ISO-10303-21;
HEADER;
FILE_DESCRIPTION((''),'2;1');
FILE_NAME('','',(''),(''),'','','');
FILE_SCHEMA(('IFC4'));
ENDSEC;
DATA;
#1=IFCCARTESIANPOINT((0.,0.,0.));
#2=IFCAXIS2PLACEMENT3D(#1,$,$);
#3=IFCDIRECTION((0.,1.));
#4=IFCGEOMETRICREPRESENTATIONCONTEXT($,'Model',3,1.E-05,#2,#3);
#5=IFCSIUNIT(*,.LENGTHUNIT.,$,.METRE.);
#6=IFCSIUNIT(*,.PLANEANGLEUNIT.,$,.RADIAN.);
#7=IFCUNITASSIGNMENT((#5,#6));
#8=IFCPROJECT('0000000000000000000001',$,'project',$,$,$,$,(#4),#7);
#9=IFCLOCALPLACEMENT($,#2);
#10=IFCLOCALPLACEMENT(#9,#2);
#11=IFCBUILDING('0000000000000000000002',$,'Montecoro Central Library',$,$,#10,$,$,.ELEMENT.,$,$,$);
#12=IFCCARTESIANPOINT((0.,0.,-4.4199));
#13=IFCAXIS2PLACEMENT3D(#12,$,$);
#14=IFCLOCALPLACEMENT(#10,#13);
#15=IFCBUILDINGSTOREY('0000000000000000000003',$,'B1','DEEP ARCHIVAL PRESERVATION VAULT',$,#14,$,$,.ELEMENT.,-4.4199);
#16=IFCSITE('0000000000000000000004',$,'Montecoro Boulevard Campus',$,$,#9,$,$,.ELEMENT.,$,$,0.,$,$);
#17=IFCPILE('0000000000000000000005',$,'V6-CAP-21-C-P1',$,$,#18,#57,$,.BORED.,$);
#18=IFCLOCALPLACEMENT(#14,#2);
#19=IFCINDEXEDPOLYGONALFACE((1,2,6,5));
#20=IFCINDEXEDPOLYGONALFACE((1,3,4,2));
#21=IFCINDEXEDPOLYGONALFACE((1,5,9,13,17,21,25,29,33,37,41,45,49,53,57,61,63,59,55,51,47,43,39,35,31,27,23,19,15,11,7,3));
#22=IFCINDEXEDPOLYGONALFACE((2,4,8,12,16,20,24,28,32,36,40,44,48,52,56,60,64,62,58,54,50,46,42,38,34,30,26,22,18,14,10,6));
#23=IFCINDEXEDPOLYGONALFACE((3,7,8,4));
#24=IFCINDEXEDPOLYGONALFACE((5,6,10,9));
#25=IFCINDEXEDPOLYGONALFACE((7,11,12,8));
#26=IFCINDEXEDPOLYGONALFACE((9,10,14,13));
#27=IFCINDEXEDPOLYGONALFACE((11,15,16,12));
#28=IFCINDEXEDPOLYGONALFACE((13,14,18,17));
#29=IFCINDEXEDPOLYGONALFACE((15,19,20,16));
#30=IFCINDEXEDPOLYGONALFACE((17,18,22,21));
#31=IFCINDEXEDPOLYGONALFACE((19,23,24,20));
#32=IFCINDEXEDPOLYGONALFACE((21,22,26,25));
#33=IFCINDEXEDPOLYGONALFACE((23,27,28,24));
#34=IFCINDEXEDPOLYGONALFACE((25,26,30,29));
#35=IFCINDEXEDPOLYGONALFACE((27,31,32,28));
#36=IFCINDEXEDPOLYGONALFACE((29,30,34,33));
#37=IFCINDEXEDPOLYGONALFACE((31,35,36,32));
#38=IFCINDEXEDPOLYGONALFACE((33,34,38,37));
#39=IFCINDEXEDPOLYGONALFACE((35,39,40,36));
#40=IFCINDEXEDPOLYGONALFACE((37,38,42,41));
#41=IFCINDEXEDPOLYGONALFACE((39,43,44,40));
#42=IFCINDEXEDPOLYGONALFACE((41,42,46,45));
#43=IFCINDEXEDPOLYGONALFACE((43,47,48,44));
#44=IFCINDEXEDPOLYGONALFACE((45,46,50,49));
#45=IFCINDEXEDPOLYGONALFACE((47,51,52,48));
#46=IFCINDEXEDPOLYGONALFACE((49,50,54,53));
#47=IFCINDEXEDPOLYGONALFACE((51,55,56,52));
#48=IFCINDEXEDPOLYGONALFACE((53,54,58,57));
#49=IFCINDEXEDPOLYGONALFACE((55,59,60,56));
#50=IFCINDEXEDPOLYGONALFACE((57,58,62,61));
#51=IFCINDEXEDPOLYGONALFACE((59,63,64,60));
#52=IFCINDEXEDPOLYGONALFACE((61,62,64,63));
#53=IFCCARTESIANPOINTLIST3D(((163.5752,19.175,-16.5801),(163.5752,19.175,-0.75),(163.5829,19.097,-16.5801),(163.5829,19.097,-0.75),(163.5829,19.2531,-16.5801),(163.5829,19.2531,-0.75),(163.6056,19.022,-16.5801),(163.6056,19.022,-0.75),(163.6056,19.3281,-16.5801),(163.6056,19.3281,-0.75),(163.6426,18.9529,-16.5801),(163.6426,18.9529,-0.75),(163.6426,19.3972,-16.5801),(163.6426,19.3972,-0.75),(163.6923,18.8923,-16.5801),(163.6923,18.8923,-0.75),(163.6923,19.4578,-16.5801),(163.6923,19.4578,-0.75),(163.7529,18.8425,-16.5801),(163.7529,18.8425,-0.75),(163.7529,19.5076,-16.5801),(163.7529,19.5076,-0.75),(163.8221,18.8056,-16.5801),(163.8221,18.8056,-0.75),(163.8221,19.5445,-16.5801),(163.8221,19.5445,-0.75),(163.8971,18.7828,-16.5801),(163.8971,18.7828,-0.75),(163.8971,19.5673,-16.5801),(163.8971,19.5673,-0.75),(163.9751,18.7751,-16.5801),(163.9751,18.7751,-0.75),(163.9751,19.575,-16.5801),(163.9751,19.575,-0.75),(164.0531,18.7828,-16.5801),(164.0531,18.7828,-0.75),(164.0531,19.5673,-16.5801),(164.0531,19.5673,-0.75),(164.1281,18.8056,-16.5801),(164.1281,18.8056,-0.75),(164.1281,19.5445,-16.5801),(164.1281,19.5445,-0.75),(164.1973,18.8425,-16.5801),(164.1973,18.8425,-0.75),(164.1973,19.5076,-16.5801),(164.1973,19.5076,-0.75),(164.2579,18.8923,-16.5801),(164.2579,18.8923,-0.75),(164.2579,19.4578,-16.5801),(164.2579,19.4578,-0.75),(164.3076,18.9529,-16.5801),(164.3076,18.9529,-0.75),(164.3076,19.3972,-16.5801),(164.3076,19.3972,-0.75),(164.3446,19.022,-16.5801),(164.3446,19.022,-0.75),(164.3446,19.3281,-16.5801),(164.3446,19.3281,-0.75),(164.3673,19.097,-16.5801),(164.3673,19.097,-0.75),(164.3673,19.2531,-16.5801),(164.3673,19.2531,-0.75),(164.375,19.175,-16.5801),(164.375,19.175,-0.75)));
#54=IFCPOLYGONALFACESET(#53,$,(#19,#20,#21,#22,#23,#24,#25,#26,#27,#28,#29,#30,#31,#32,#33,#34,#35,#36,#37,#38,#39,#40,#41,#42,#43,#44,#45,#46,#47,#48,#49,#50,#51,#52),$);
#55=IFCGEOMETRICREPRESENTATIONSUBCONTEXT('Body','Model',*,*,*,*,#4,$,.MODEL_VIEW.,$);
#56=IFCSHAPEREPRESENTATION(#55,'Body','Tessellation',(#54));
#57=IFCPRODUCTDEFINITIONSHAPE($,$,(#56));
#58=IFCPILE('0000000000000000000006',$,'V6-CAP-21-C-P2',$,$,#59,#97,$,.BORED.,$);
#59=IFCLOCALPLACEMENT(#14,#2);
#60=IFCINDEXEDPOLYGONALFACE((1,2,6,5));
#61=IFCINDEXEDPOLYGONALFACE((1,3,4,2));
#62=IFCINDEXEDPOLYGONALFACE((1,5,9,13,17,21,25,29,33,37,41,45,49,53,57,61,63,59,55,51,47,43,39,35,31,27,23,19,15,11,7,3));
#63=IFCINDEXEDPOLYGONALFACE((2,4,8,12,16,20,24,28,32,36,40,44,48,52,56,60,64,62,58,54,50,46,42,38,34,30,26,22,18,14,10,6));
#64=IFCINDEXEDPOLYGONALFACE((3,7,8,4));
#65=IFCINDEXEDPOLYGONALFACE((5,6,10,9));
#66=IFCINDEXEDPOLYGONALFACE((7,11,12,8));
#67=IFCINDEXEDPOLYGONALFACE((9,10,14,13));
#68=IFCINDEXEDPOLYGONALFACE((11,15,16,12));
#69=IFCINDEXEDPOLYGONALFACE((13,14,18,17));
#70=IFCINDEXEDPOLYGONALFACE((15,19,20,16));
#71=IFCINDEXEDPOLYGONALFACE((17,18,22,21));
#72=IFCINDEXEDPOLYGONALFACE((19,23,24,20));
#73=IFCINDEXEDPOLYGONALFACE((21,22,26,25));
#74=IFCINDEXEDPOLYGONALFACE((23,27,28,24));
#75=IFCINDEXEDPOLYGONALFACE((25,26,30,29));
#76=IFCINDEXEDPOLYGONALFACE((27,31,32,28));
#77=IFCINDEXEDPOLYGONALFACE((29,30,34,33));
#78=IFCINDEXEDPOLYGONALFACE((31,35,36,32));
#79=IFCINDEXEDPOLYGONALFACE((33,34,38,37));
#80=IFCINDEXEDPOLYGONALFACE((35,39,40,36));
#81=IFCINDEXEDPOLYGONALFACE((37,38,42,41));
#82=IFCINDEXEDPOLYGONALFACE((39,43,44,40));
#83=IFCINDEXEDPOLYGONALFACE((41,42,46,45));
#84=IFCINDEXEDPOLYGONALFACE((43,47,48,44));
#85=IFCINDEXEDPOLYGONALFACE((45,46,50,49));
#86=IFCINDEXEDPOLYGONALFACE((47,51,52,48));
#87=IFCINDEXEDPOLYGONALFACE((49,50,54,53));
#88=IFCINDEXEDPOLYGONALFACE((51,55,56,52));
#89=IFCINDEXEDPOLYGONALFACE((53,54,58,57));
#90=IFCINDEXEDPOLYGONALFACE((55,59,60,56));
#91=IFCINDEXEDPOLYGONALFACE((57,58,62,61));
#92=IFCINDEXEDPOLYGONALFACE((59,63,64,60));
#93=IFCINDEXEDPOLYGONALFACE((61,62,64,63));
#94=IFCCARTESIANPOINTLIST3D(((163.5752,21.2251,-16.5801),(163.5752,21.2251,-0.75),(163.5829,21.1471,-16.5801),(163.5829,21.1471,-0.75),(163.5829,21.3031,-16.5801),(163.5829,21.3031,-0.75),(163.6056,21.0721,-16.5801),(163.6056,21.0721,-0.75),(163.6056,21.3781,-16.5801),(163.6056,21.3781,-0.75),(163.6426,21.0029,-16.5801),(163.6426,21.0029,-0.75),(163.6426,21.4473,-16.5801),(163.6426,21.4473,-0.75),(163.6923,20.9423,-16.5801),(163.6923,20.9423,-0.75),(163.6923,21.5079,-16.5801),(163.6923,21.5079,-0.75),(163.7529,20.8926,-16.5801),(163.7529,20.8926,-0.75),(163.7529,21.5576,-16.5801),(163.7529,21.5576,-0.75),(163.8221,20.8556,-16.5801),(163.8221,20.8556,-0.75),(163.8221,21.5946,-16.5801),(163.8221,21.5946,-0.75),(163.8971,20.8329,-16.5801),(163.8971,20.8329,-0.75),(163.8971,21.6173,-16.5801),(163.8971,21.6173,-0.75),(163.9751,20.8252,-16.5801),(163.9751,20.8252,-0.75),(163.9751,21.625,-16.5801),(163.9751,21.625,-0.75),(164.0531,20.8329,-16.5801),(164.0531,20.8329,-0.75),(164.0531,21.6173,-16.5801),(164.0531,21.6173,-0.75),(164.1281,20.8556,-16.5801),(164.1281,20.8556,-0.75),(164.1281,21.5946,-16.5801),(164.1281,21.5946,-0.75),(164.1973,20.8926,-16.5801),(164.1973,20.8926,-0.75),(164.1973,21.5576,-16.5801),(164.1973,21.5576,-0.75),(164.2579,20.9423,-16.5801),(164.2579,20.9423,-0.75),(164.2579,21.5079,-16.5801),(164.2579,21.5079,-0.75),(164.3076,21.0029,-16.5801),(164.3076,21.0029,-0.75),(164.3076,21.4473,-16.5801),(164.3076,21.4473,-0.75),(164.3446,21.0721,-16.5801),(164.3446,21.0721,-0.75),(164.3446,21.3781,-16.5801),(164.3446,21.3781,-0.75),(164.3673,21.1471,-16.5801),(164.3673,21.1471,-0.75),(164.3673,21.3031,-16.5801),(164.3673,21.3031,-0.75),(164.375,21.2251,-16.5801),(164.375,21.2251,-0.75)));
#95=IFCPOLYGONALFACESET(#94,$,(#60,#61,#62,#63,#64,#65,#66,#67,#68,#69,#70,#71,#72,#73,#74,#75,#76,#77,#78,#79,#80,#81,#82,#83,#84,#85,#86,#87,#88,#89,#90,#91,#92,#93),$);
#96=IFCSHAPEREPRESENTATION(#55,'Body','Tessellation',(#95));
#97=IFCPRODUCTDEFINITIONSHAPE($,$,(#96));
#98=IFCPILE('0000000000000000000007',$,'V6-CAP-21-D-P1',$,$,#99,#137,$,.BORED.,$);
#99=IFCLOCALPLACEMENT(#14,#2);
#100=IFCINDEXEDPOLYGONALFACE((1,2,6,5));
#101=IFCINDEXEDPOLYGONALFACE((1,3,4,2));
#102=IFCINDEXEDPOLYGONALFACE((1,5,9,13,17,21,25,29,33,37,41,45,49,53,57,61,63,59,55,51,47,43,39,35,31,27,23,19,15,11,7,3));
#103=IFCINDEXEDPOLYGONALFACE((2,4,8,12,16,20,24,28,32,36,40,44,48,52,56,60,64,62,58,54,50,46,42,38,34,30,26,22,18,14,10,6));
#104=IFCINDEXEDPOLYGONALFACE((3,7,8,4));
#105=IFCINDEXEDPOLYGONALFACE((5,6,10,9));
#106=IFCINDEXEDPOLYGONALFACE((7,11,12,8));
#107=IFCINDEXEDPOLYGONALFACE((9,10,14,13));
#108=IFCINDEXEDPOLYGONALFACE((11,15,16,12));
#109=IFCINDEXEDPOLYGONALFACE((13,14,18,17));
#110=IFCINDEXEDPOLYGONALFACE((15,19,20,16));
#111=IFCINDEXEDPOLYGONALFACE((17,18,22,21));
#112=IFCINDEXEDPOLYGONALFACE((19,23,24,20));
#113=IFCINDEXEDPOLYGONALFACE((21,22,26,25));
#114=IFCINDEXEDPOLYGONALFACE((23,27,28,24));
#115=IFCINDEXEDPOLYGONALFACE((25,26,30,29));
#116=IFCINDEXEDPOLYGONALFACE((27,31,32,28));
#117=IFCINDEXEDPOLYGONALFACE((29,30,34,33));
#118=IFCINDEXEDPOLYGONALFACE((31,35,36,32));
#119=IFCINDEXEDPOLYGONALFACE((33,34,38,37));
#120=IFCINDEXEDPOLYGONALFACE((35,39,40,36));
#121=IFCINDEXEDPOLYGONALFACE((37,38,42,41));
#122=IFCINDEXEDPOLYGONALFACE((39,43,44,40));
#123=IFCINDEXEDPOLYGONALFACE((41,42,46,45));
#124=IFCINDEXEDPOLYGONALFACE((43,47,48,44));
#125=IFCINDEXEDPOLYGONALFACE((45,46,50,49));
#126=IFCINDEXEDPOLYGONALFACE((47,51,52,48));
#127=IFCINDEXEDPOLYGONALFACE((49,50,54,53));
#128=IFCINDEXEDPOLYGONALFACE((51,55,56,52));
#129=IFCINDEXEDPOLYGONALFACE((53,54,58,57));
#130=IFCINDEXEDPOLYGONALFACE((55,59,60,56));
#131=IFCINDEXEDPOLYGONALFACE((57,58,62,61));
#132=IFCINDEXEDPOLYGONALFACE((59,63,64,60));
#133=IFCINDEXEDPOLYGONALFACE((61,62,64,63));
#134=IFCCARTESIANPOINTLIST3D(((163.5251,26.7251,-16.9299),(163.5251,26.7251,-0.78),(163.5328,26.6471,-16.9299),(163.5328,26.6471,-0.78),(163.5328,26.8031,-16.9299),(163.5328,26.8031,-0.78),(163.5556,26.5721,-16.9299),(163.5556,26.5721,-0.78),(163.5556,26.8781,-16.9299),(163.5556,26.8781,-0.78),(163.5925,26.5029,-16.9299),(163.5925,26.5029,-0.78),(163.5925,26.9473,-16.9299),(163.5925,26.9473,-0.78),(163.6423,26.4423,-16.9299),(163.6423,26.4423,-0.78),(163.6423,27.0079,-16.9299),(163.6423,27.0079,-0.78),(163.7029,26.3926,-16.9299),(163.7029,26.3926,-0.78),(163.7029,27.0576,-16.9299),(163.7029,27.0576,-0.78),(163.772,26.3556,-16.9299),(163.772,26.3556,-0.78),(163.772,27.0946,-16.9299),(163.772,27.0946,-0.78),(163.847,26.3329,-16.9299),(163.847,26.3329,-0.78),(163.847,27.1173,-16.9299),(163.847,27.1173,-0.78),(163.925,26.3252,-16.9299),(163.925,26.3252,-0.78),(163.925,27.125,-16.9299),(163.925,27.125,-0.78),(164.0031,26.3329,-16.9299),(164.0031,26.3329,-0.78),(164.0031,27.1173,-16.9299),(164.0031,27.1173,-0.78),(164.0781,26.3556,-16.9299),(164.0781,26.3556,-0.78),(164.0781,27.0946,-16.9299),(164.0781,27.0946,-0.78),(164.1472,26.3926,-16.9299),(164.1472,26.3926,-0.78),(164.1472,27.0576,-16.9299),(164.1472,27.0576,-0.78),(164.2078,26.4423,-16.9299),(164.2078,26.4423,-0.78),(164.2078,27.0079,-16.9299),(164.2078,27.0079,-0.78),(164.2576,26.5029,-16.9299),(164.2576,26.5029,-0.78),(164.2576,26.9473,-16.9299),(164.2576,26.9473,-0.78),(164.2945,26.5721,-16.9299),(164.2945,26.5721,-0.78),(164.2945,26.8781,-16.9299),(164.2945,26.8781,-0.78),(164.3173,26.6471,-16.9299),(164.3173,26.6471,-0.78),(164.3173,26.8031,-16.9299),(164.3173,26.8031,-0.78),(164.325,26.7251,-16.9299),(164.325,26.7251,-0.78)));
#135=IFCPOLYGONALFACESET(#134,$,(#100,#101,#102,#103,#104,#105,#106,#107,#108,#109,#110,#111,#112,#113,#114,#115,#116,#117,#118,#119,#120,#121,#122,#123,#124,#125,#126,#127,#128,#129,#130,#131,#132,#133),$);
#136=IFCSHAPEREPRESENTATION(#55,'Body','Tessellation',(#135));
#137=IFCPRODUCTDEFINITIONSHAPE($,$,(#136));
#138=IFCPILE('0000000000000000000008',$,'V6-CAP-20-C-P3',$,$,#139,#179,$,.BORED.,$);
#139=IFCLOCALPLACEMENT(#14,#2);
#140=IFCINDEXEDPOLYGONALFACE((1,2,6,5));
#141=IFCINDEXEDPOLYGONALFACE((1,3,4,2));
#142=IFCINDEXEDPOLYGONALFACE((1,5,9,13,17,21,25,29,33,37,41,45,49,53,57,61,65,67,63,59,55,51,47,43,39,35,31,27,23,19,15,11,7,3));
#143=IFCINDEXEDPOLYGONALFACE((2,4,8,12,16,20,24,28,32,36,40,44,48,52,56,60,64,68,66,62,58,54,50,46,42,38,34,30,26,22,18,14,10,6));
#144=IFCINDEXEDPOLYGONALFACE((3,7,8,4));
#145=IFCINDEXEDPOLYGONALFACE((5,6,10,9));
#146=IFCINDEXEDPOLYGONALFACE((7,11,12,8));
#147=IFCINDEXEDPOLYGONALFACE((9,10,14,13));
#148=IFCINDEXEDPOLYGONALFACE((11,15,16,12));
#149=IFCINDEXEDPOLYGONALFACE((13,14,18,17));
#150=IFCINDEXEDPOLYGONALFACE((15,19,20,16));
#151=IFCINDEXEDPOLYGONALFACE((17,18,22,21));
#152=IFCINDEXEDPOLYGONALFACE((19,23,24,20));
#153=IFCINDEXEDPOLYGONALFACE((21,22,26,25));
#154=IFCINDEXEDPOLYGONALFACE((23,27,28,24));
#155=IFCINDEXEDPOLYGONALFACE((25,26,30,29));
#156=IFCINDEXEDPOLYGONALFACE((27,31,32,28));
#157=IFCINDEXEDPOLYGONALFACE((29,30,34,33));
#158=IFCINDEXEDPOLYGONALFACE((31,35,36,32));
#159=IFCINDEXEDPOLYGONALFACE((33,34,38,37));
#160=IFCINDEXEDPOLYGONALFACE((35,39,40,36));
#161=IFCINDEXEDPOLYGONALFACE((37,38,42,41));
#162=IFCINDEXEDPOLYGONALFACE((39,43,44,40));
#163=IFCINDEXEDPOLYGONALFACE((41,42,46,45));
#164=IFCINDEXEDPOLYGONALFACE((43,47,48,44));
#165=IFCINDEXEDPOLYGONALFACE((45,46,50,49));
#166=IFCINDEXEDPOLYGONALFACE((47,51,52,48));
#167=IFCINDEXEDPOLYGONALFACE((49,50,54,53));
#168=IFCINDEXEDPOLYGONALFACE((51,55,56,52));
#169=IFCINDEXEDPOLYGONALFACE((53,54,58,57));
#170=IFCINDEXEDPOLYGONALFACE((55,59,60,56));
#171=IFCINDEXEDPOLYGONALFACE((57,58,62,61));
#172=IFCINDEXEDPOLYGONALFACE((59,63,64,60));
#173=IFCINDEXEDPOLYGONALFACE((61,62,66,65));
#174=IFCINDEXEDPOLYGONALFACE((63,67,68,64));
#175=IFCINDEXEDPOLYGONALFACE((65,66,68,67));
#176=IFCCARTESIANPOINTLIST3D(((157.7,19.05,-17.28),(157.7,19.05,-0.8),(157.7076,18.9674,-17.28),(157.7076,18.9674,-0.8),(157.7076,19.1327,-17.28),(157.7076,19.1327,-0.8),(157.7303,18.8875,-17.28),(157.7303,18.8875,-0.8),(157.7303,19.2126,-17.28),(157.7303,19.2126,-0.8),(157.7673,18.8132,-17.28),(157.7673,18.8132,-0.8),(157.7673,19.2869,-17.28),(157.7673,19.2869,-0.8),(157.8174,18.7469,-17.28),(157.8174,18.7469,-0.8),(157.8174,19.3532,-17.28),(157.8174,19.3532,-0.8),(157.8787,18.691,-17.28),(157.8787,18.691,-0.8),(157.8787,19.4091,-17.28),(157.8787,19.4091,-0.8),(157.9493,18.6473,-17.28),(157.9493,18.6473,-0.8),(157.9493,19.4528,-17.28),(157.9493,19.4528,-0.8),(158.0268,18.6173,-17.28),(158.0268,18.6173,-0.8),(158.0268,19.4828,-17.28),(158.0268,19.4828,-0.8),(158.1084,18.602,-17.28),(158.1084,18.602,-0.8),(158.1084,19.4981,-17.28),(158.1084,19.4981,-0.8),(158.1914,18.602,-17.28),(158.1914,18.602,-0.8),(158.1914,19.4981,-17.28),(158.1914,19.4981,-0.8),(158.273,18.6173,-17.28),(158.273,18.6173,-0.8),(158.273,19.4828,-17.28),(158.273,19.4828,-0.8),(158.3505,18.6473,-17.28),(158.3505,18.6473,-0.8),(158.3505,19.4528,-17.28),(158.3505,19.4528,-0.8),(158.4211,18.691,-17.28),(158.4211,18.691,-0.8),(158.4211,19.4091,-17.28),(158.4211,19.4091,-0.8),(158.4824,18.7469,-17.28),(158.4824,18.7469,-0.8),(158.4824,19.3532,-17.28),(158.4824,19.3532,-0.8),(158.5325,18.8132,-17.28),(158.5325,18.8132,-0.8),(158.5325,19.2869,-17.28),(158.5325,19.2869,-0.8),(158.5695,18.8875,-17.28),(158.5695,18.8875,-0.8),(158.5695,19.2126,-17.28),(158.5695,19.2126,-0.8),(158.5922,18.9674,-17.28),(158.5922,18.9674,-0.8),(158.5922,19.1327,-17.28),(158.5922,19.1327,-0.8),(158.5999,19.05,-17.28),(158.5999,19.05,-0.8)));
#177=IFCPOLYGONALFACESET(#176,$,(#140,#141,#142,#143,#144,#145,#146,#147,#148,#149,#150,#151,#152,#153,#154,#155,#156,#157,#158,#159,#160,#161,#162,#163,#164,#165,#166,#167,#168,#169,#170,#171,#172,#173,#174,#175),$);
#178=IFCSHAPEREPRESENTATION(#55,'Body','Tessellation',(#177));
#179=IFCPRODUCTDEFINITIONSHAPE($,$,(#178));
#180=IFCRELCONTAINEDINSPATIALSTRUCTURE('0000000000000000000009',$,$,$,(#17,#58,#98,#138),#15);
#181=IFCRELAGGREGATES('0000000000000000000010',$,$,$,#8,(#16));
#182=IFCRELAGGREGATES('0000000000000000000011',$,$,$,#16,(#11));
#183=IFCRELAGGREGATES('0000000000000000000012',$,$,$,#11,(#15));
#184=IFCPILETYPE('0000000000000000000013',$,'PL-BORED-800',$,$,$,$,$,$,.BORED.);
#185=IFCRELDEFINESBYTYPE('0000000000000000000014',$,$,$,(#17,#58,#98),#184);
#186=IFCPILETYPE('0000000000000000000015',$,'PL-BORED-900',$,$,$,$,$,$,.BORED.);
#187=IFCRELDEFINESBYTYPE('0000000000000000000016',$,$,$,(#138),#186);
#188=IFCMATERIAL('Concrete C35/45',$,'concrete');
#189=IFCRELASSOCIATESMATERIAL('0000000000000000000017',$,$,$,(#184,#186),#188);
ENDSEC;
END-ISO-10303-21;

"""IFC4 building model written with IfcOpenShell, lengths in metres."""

from ifc_helpers import new_model, si_unit, direction, frame, origin, origin_2d, place, context, subcontext, project, spatial, circle, extrude, material, material_profile, profile_set, type_object, element, save


model = new_model("IFC4")

# Units and contexts
model_context = context("Model", 3, precision=1e-05, world=origin(), true_north=direction((0.0, 1.0)))
body_context = subcontext(model_context, "Body", "Model", "MODEL_VIEW")
ifc_project = project(units=[si_unit("LENGTHUNIT", "METRE"), si_unit("PLANEANGLEUNIT", "RADIAN")], contexts=[model_context])

# Site, building, storey
site_placement = place(None, origin())
site = spatial("IfcSite", under=ifc_project, at=site_placement, Name="Montecoro Boulevard Campus", CompositionType="ELEMENT", RefElevation=0.0)
building_placement = place(site_placement, origin())
building = spatial("IfcBuilding", under=site, at=building_placement, Name="Montecoro Central Library", CompositionType="ELEMENT")
storey_placement = place(building_placement, frame((0.0, 0.0, -4.4199)))
storey = spatial("IfcBuildingStorey", under=building, at=storey_placement, Name="B1", Description="DEEP ARCHIVAL PRESERVATION VAULT", CompositionType="ELEMENT", Elevation=-4.4199)

# Shared definitions
ifc_material_1 = material(Name="Concrete C35/45", Category="concrete")

# Piles
ifc_material_profile_1 = material_profile(ifc_material_1, circle(Radius=0.3999, at=origin_2d()), Name="PILE D800")
ifc_profile_set_1 = profile_set([ifc_material_profile_1], Name="Concrete C35/45")
pile_type_1 = type_object("IfcPileType", Name="PL-BORED-800", PredefinedType="BORED", material=ifc_profile_set_1)
for number, where, z_axis, x_axis, name in (
    (1, (163.9751, 19.175, -0.75), (0.0, 0.0, -1.0), (1.0, 0.0, 0.0), "V6-CAP-21-C-P1"),
    (2, (163.9751, 21.2251, -0.75), (0.0, 0.0, -1.0), (1.0, 0.0, 0.0), "V6-CAP-21-C-P2"),
):
    element("IfcPile", number, at=place(storey_placement, frame(where, z_axis=z_axis, x_axis=x_axis)), inside=storey, type_object=pile_type_1, Name=name, PredefinedType="BORED", context=body_context, shape_type="SweptSolid", body=[
        extrude(circle(Radius=0.3999, at=origin_2d()), origin(), (0.0, 0.0, 1.0), 15.8301),
    ])
pile_1_placement = place(storey_placement, frame((163.925, 26.7251, -0.78), z_axis=(0.0, 0.0, -1.0), x_axis=(1.0, 0.0, 0.0)))
element("IfcPile", 3, at=pile_1_placement, inside=storey, type_object=pile_type_1, Name="V6-CAP-21-D-P1", PredefinedType="BORED", context=body_context, shape_type="SweptSolid", body=[
    extrude(circle(Radius=0.3999, at=origin_2d()), origin(), (0.0, 0.0, 1.0), 16.1499),
])
ifc_material_profile_2 = material_profile(ifc_material_1, circle(Radius=0.45, at=origin_2d()), Name="PILE D900")
ifc_profile_set_2 = profile_set([ifc_material_profile_2], Name="Concrete C35/45")
pile_type_2 = type_object("IfcPileType", Name="PL-BORED-900", PredefinedType="BORED", material=ifc_profile_set_2)
for number, where, z_axis, x_axis, name in (
    (4, (158.1499, 19.05, -0.8), (0.0, 0.0, -1.0), (1.0, 0.0, 0.0), "V6-CAP-20-C-P3"),
):
    element("IfcPile", number, at=place(storey_placement, frame(where, z_axis=z_axis, x_axis=x_axis)), inside=storey, type_object=pile_type_2, Name=name, PredefinedType="BORED", context=body_context, shape_type="SweptSolid", body=[
        extrude(circle(Radius=0.45, at=origin_2d()), origin(), (0.0, 0.0, 1.0), 16.48),
    ])

save(model, "model.ifc")
